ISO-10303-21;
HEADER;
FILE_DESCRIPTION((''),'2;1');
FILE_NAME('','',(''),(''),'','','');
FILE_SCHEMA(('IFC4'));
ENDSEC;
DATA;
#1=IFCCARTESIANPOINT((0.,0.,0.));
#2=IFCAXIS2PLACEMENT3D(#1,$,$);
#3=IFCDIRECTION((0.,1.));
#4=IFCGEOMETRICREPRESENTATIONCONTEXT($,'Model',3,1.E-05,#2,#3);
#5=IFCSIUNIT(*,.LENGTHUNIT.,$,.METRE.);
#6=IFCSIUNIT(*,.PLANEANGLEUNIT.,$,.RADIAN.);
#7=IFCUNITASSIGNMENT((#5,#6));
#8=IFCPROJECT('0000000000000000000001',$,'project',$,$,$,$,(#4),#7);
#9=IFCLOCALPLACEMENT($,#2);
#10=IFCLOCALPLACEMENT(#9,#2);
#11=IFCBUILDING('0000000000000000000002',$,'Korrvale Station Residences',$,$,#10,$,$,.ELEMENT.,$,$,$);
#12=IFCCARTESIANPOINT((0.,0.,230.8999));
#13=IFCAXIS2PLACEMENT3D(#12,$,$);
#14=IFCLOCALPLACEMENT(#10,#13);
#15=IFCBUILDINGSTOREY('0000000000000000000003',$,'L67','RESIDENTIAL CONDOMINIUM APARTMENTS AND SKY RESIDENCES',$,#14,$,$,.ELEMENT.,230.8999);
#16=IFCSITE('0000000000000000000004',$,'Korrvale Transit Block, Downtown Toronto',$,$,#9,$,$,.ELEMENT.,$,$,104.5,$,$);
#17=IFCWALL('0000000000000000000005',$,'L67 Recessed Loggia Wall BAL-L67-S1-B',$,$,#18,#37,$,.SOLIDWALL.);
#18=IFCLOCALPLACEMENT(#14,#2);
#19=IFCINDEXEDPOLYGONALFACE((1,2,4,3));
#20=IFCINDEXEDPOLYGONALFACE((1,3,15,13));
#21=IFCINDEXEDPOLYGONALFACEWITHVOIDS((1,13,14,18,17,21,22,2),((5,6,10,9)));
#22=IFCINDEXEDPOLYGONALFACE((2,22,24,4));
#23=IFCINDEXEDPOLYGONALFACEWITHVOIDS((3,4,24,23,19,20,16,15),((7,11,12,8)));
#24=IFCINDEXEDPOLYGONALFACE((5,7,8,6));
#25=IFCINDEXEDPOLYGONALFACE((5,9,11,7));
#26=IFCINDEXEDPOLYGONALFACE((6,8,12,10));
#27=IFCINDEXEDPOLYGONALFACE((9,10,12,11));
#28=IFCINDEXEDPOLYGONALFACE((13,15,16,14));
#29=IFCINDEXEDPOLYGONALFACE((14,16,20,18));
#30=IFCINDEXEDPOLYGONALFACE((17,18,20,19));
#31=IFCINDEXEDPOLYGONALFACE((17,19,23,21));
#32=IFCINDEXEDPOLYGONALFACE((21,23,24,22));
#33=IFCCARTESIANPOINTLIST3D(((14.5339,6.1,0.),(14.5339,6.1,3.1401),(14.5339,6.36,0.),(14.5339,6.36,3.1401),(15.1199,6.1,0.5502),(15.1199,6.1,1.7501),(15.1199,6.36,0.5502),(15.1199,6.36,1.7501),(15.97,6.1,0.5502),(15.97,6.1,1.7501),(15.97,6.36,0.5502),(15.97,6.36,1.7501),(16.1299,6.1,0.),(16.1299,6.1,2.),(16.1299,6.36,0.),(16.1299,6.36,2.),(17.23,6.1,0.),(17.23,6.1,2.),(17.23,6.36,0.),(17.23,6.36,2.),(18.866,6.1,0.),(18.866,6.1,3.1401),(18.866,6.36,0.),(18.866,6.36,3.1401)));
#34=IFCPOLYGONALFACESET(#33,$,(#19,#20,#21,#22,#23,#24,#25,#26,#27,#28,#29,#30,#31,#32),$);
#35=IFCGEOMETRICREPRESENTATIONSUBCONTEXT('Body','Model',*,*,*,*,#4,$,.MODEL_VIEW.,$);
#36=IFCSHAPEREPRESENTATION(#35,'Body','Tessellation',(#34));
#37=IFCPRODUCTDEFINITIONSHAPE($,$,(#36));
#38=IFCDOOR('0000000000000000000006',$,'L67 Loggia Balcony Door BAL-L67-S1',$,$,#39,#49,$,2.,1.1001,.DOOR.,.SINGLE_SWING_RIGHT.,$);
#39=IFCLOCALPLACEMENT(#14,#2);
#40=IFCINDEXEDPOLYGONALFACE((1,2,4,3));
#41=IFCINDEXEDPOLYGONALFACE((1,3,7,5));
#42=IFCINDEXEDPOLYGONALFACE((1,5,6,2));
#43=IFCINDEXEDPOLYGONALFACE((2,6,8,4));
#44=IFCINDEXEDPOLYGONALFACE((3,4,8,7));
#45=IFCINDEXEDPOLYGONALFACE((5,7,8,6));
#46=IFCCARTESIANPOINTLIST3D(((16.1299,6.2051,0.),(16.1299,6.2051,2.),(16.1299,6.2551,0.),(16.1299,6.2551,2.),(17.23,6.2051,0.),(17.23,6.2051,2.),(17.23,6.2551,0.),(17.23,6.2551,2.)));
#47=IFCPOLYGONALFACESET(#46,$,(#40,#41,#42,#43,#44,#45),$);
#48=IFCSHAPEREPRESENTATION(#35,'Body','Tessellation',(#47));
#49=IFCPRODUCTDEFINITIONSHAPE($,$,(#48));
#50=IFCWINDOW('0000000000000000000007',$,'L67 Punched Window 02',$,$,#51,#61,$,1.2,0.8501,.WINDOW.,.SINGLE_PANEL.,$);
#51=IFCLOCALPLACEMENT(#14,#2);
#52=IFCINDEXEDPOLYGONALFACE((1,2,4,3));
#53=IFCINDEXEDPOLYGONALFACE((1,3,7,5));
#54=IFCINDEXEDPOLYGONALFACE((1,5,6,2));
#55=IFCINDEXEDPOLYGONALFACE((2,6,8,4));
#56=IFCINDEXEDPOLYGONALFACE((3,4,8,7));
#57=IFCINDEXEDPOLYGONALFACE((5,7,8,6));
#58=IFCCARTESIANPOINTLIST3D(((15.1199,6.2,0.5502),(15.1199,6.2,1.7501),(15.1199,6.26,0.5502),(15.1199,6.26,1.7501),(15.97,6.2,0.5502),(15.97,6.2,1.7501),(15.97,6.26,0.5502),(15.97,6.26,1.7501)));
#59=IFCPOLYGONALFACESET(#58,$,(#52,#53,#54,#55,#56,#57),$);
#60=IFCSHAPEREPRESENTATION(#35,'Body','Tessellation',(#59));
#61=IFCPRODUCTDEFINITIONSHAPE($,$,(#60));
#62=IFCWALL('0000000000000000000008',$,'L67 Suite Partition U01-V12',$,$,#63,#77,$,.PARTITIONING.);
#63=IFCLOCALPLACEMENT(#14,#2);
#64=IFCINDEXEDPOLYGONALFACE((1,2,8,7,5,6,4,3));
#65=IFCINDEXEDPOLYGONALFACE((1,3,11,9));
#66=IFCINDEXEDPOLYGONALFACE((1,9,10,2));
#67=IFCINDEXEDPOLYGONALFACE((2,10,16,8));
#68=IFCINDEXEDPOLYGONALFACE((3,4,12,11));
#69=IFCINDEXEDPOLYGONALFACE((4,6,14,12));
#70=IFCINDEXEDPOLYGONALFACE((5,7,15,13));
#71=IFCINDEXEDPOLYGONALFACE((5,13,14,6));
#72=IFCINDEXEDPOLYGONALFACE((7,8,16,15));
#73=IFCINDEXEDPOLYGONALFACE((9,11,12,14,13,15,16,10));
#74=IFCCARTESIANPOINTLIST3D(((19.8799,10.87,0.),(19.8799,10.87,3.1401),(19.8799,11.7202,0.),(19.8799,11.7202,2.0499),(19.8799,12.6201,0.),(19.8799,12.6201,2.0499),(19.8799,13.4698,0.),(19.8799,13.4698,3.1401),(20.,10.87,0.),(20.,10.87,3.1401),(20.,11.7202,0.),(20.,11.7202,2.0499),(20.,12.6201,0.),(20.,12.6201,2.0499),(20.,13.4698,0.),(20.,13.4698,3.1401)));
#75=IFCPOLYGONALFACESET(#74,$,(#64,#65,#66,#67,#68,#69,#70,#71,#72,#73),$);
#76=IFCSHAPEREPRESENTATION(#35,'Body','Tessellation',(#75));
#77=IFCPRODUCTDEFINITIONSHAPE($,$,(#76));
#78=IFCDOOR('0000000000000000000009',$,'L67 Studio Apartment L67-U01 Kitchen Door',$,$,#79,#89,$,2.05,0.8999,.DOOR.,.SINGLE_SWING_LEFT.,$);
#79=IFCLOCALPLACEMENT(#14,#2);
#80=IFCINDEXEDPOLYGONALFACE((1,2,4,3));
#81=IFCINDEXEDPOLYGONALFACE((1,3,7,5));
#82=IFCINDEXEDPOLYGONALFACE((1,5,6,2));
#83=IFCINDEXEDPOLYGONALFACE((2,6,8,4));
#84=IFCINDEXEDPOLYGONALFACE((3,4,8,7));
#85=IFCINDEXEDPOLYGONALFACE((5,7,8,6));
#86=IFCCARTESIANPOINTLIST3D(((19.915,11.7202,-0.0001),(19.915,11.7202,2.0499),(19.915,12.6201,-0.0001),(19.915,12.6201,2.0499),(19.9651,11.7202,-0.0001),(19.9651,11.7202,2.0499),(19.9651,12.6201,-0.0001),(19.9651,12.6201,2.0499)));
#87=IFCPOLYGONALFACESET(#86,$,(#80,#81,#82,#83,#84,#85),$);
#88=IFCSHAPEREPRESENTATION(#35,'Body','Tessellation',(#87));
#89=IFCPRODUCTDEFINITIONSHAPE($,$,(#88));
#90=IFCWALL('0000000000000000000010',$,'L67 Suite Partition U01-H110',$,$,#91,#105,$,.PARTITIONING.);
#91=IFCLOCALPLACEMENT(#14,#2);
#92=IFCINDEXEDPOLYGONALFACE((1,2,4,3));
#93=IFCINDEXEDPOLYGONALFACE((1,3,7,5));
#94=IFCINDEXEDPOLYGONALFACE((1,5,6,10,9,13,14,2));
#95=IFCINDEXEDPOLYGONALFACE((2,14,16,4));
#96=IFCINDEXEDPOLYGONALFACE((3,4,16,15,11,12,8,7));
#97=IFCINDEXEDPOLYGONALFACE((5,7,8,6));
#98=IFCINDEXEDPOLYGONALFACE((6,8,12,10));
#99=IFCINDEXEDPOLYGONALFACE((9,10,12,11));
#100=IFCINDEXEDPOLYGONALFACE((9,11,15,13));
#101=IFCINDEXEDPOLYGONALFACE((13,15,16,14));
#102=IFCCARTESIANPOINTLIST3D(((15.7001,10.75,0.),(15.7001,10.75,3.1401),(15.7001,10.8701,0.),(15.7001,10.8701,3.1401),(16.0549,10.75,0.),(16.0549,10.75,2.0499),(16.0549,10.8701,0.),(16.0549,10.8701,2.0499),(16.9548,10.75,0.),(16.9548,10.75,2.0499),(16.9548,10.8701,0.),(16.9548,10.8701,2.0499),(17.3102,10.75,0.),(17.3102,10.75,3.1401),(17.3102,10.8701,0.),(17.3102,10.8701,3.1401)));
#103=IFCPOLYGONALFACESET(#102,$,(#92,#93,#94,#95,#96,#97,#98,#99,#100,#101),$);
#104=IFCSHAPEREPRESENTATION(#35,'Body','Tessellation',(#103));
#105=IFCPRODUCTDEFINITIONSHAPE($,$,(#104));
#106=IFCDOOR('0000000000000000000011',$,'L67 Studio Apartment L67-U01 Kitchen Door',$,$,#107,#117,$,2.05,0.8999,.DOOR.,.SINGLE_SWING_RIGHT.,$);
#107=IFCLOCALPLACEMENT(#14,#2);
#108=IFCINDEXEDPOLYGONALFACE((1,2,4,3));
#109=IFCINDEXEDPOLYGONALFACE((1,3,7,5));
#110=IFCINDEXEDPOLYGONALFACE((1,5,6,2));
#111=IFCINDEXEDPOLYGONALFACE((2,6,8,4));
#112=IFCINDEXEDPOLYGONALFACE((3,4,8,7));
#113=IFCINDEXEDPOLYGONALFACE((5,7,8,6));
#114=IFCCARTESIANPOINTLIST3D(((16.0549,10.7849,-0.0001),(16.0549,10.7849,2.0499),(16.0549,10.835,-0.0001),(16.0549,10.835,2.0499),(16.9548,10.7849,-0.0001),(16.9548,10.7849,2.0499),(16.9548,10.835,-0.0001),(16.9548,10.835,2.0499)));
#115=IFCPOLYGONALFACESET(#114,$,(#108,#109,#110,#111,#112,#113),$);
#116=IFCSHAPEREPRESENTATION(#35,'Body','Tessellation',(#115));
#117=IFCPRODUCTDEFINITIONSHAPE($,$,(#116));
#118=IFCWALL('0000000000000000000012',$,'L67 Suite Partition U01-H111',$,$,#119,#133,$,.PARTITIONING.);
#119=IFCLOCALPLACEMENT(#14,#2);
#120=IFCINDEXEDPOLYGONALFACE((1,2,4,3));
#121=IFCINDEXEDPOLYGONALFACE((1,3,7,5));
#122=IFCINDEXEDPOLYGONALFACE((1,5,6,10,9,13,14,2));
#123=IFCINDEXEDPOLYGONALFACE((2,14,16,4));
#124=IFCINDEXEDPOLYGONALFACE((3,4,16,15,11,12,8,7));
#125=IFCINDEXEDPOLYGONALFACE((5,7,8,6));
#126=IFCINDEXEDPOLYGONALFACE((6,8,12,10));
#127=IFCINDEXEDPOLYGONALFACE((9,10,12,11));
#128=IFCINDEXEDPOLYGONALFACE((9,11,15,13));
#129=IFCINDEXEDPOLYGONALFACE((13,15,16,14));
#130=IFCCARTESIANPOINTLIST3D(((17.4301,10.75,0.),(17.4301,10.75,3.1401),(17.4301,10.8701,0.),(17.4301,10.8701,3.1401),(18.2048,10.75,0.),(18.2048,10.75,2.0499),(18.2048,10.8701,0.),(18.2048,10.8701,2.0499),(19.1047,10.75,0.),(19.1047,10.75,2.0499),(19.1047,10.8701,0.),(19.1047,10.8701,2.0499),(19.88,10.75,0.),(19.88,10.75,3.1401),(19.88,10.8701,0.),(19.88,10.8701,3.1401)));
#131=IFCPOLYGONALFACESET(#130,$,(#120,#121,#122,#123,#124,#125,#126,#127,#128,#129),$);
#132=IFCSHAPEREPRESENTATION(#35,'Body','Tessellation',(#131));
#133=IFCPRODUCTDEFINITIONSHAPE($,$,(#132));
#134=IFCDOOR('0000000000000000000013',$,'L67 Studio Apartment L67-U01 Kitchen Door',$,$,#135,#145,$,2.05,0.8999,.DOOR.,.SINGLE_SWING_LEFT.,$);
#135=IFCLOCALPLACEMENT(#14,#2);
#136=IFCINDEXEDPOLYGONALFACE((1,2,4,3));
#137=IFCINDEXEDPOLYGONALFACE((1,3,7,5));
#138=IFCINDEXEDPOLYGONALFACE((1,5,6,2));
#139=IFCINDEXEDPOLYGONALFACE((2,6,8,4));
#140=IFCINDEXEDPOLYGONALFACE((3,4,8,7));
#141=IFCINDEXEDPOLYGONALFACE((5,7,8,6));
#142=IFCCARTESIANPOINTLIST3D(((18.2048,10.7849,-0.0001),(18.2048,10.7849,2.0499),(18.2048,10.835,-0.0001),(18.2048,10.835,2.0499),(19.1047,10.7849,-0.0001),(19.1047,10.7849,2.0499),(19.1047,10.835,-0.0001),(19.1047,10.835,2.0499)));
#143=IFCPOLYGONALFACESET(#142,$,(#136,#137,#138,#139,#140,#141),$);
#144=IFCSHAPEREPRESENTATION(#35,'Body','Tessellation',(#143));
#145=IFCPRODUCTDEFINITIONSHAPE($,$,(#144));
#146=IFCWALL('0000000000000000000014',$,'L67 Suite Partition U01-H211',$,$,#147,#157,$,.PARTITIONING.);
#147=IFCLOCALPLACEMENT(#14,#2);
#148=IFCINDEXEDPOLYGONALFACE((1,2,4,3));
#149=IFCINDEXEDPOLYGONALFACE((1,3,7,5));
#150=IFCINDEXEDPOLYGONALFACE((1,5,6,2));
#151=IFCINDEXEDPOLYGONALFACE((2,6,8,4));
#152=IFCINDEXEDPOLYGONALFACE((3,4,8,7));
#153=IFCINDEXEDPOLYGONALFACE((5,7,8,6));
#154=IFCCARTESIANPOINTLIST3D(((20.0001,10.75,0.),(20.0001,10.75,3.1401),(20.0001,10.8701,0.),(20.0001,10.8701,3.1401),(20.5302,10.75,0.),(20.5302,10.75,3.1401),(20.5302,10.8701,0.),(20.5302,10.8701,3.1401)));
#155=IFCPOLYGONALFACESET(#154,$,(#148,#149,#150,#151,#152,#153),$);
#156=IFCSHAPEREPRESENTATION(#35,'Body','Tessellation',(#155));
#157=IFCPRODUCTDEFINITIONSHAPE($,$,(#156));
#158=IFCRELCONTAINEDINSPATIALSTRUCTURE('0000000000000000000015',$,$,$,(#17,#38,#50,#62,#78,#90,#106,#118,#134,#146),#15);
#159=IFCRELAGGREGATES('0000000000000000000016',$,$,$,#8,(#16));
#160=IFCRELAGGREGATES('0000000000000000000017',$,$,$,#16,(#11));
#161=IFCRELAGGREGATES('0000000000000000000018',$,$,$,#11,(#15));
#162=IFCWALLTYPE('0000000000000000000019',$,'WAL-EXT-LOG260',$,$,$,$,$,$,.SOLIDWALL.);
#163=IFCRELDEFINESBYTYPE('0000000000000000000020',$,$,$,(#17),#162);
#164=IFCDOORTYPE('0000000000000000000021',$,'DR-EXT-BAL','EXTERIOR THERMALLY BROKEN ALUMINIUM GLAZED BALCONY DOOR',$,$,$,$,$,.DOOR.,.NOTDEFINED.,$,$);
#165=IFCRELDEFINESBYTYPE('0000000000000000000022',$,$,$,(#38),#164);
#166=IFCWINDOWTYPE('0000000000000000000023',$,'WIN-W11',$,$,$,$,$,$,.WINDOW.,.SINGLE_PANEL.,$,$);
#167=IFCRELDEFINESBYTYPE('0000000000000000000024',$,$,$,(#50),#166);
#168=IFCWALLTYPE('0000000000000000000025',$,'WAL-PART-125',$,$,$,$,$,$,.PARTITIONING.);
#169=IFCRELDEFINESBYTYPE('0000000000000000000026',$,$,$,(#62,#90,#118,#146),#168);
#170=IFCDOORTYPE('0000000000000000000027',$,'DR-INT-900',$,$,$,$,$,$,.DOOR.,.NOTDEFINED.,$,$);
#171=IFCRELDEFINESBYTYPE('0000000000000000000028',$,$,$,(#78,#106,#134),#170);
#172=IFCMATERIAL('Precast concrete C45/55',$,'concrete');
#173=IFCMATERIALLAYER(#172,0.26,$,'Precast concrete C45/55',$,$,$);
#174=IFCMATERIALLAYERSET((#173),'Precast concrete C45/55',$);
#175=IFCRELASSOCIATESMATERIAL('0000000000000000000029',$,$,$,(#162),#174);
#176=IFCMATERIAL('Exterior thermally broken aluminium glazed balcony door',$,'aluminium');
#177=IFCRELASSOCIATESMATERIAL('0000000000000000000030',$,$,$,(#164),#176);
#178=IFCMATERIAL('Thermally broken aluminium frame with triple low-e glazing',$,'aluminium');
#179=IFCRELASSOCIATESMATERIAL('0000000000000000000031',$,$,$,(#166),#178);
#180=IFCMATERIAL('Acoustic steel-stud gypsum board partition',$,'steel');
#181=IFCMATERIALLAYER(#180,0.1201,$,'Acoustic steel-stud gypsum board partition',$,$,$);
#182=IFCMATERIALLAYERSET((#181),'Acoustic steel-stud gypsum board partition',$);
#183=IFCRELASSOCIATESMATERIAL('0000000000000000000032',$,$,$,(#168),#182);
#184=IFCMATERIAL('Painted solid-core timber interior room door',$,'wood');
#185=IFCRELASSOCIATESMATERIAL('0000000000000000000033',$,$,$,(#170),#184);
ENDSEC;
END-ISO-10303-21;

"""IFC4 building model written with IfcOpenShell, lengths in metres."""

from ifc_helpers import new_model, si_unit, direction, frame, frame_2d, origin, place, context, subcontext, project, spatial, rectangle, extrude, material, layer, layer_set, type_object, element, fill, save


model = new_model("IFC4")

# Units and contexts
model_context = context("Model", 3, precision=1e-05, world=origin(), true_north=direction((0.0, 1.0)))
body_context = subcontext(model_context, "Body", "Model", "MODEL_VIEW")
ifc_project = project(units=[si_unit("LENGTHUNIT", "METRE"), si_unit("PLANEANGLEUNIT", "RADIAN")], contexts=[model_context])

# Site, building, storey
site_placement = place(None, origin())
site = spatial("IfcSite", under=ifc_project, at=site_placement, Name="Korrvale Transit Block, Downtown Toronto", CompositionType="ELEMENT", RefElevation=104.5)
building_placement = place(site_placement, origin())
building = spatial("IfcBuilding", under=site, at=building_placement, Name="Korrvale Station Residences", CompositionType="ELEMENT")
storey_placement = place(building_placement, frame((0.0, 0.0, 230.8999)))
storey = spatial("IfcBuildingStorey", under=building, at=storey_placement, Name="L67", Description="RESIDENTIAL CONDOMINIUM APARTMENTS AND SKY RESIDENCES", CompositionType="ELEMENT", Elevation=230.8999)

# Shared definitions
ifc_material_1 = material(Name="Precast concrete C45/55", Category="concrete")
ifc_layer_1 = layer(ifc_material_1, 0.26, Name="Precast concrete C45/55")
ifc_layer_set_1 = layer_set([ifc_layer_1], Name="Precast concrete C45/55")
wall_type_1 = type_object("IfcWallType", Name="WAL-EXT-LOG260", PredefinedType="SOLIDWALL", material=ifc_layer_set_1)

# Wall, openings, door, window
wall_1_placement = place(storey_placement, frame((18.866, 6.23, 0.0), z_axis=(0.0, 0.0, 1.0), x_axis=(-1.0, 0.0, 0.0)))
wall_1 = element("IfcWall", 1, at=wall_1_placement, inside=storey, type_object=wall_type_1, Name="L67 Recessed Loggia Wall BAL-L67-S1-B", PredefinedType="SOLIDWALL", context=body_context, shape_type="SweptSolid", body=[
    extrude(rectangle(XDim=4.332, YDim=0.26, at=frame_2d((2.166, 0.0))), origin(), (0.0, 0.0, 1.0), 3.1401),
])
opening_1_placement = place(wall_1_placement, frame((1.636, 0.0, 0.0)))
opening_1 = element("IfcOpeningElement", 2, at=opening_1_placement, cuts=wall_1, PredefinedType="OPENING", context=body_context, shape_type="SweptSolid", body=[
    extrude(rectangle(XDim=1.1001, YDim=2.0, at=frame_2d((0.55, 1.0))), frame((0.0, 0.1401, 0.0), z_axis=(0.0, -1.0, 0.0), x_axis=(1.0, 0.0, 0.0)), (0.0, 0.0, 1.0), 0.28),
])
opening_2_placement = place(wall_1_placement, frame((2.896, 0.0, 0.55)))
opening_2 = element("IfcOpeningElement", 3, at=opening_2_placement, cuts=wall_1, PredefinedType="OPENING", context=body_context, shape_type="SweptSolid", body=[
    extrude(rectangle(XDim=0.8501, YDim=1.2, at=frame_2d((0.425, 0.6001))), frame((0.0, 0.1401, 0.0), z_axis=(0.0, -1.0, 0.0), x_axis=(1.0, 0.0, 0.0)), (0.0, 0.0, 1.0), 0.28),
])
ifc_material_2 = material(Name="Exterior thermally broken aluminium glazed balcony door", Category="aluminium")
door_type_1 = type_object("IfcDoorType", Name="DR-EXT-BAL", Description="EXTERIOR THERMALLY BROKEN ALUMINIUM GLAZED BALCONY DOOR", OperationType="NOTDEFINED", PredefinedType="DOOR", material=ifc_material_2)
door_1_placement = place(opening_1_placement, origin())
door_1 = element("IfcDoor", 4, at=door_1_placement, inside=storey, type_object=door_type_1, Name="L67 Loggia Balcony Door BAL-L67-S1", OperationType="SINGLE_SWING_RIGHT", OverallHeight=2.0, OverallWidth=1.1001, PredefinedType="DOOR", context=body_context, shape_type="SweptSolid", body=[
    extrude(rectangle(XDim=1.1001, YDim=2.0, at=frame_2d((0.55, 1.0))), frame((0.0, 0.0249, 0.0), z_axis=(0.0, -1.0, 0.0), x_axis=(1.0, 0.0, 0.0)), (0.0, 0.0, 1.0), 0.05),
])
fill(opening_1, door_1)
ifc_material_3 = material(Name="Thermally broken aluminium frame with triple low-e glazing", Category="aluminium")
window_type = type_object("IfcWindowType", Name="WIN-W11", PartitioningType="SINGLE_PANEL", PredefinedType="WINDOW", material=ifc_material_3)
window_placement = place(opening_2_placement, origin())
window = element("IfcWindow", 5, at=window_placement, inside=storey, type_object=window_type, Name="L67 Punched Window 02", OverallHeight=1.2, OverallWidth=0.8501, PartitioningType="SINGLE_PANEL", PredefinedType="WINDOW", context=body_context, shape_type="SweptSolid", body=[
    extrude(rectangle(XDim=0.8501, YDim=1.2, at=frame_2d((0.425, 0.6001))), frame((0.0, 0.03, 0.0), z_axis=(0.0, -1.0, 0.0), x_axis=(1.0, 0.0, 0.0)), (0.0, 0.0, 1.0), 0.0601),
])
fill(opening_2, window)

# Walls, openings, doors
ifc_material_4 = material(Name="Acoustic steel-stud gypsum board partition", Category="steel")
ifc_layer_2 = layer(ifc_material_4, 0.1201, Name="Acoustic steel-stud gypsum board partition")
ifc_layer_set_2 = layer_set([ifc_layer_2], Name="Acoustic steel-stud gypsum board partition")
wall_type_2 = type_object("IfcWallType", Name="WAL-PART-125", PredefinedType="PARTITIONING", material=ifc_layer_set_2)
wall_2_placement = place(storey_placement, frame((19.9399, 10.8701, 0.0), z_axis=(0.0, 0.0, 1.0), x_axis=(0.0, 1.0, 0.0)))
wall_2 = element("IfcWall", 6, at=wall_2_placement, inside=storey, type_object=wall_type_2, Name="L67 Suite Partition U01-V12", PredefinedType="PARTITIONING", context=body_context, shape_type="SweptSolid", body=[
    extrude(rectangle(XDim=2.5999, YDim=0.1201, at=frame_2d((1.2998, 0.0))), origin(), (0.0, 0.0, 1.0), 3.1401),
])
opening_3_placement = place(wall_2_placement, frame((0.8501, 0.0, 0.0)))
opening_3 = element("IfcOpeningElement", 7, at=opening_3_placement, cuts=wall_2, PredefinedType="OPENING", context=body_context, shape_type="SweptSolid", body=[
    extrude(rectangle(XDim=0.8999, YDim=2.05, at=frame_2d((0.45, 1.0249))), frame((0.0, 0.0701, 0.0), z_axis=(0.0, -1.0, 0.0), x_axis=(1.0, 0.0, 0.0)), (0.0, 0.0, 1.0), 0.1401),
])
ifc_material_5 = material(Name="Painted solid-core timber interior room door", Category="wood")
door_type_2 = type_object("IfcDoorType", Name="DR-INT-900", OperationType="NOTDEFINED", PredefinedType="DOOR", material=ifc_material_5)
door_2_placement = place(opening_3_placement, origin())
door_2 = element("IfcDoor", 8, at=door_2_placement, inside=storey, type_object=door_type_2, Name="L67 Studio Apartment L67-U01 Kitchen Door", OperationType="SINGLE_SWING_LEFT", OverallHeight=2.05, OverallWidth=0.8999, PredefinedType="DOOR", context=body_context, shape_type="SweptSolid", body=[
    extrude(rectangle(XDim=0.8999, YDim=2.05, at=frame_2d((0.45, 1.0249))), frame((0.0, 0.0249, 0.0), z_axis=(0.0, -1.0, 0.0), x_axis=(1.0, 0.0, 0.0)), (0.0, 0.0, 1.0), 0.05),
])
fill(opening_3, door_2)
wall_3_placement = place(storey_placement, frame((15.7, 10.8101, 0.0), z_axis=(0.0, 0.0, 1.0), x_axis=(1.0, 0.0, 0.0)))
wall_3 = element("IfcWall", 9, at=wall_3_placement, inside=storey, type_object=wall_type_2, Name="L67 Suite Partition U01-H110", PredefinedType="PARTITIONING", context=body_context, shape_type="SweptSolid", body=[
    extrude(rectangle(XDim=1.6101, YDim=0.1201, at=frame_2d((0.8052, 0.0))), origin(), (0.0, 0.0, 1.0), 3.1401),
])
opening_4_placement = place(wall_3_placement, frame((0.355, 0.0, 0.0)))
opening_4 = element("IfcOpeningElement", 10, at=opening_4_placement, cuts=wall_3, PredefinedType="OPENING", context=body_context, shape_type="SweptSolid", body=[
    extrude(rectangle(XDim=0.8999, YDim=2.05, at=frame_2d((0.45, 1.0249))), frame((0.0, 0.0701, 0.0), z_axis=(0.0, -1.0, 0.0), x_axis=(1.0, 0.0, 0.0)), (0.0, 0.0, 1.0), 0.1401),
])
door_3_placement = place(opening_4_placement, origin())
door_3 = element("IfcDoor", 11, at=door_3_placement, inside=storey, type_object=door_type_2, Name="L67 Studio Apartment L67-U01 Kitchen Door", OperationType="SINGLE_SWING_RIGHT", OverallHeight=2.05, OverallWidth=0.8999, PredefinedType="DOOR", context=body_context, shape_type="SweptSolid", body=[
    extrude(rectangle(XDim=0.8999, YDim=2.05, at=frame_2d((0.45, 1.0249))), frame((0.0, 0.0249, 0.0), z_axis=(0.0, -1.0, 0.0), x_axis=(1.0, 0.0, 0.0)), (0.0, 0.0, 1.0), 0.05),
])
fill(opening_4, door_3)
wall_4_placement = place(storey_placement, frame((17.4299, 10.8101, 0.0), z_axis=(0.0, 0.0, 1.0), x_axis=(1.0, 0.0, 0.0)))
wall_4 = element("IfcWall", 12, at=wall_4_placement, inside=storey, type_object=wall_type_2, Name="L67 Suite Partition U01-H111", PredefinedType="PARTITIONING", context=body_context, shape_type="SweptSolid", body=[
    extrude(rectangle(XDim=2.45, YDim=0.1201, at=frame_2d((1.2251, 0.0))), origin(), (0.0, 0.0, 1.0), 3.1401),
])
opening_5_placement = place(wall_4_placement, frame((0.7749, 0.0, 0.0)))
opening_5 = element("IfcOpeningElement", 13, at=opening_5_placement, cuts=wall_4, PredefinedType="OPENING", context=body_context, shape_type="SweptSolid", body=[
    extrude(rectangle(XDim=0.8999, YDim=2.05, at=frame_2d((0.45, 1.0249))), frame((0.0, 0.0701, 0.0), z_axis=(0.0, -1.0, 0.0), x_axis=(1.0, 0.0, 0.0)), (0.0, 0.0, 1.0), 0.1401),
])
door_4_placement = place(opening_5_placement, origin())
door_4 = element("IfcDoor", 14, at=door_4_placement, inside=storey, type_object=door_type_2, Name="L67 Studio Apartment L67-U01 Kitchen Door", OperationType="SINGLE_SWING_LEFT", OverallHeight=2.05, OverallWidth=0.8999, PredefinedType="DOOR", context=body_context, shape_type="SweptSolid", body=[
    extrude(rectangle(XDim=0.8999, YDim=2.05, at=frame_2d((0.45, 1.0249))), frame((0.0, 0.0249, 0.0), z_axis=(0.0, -1.0, 0.0), x_axis=(1.0, 0.0, 0.0)), (0.0, 0.0, 1.0), 0.05),
])
fill(opening_5, door_4)

# Wall
wall_5_placement = place(storey_placement, frame((20.0, 10.8101, 0.0), z_axis=(0.0, 0.0, 1.0), x_axis=(1.0, 0.0, 0.0)))
element("IfcWall", 15, at=wall_5_placement, inside=storey, type_object=wall_type_2, Name="L67 Suite Partition U01-H211", PredefinedType="PARTITIONING", context=body_context, shape_type="SweptSolid", body=[
    extrude(rectangle(XDim=0.53, YDim=0.1201, at=frame_2d((0.2651, 0.0))), origin(), (0.0, 0.0, 1.0), 3.1401),
])

save(model, "model.ifc")
